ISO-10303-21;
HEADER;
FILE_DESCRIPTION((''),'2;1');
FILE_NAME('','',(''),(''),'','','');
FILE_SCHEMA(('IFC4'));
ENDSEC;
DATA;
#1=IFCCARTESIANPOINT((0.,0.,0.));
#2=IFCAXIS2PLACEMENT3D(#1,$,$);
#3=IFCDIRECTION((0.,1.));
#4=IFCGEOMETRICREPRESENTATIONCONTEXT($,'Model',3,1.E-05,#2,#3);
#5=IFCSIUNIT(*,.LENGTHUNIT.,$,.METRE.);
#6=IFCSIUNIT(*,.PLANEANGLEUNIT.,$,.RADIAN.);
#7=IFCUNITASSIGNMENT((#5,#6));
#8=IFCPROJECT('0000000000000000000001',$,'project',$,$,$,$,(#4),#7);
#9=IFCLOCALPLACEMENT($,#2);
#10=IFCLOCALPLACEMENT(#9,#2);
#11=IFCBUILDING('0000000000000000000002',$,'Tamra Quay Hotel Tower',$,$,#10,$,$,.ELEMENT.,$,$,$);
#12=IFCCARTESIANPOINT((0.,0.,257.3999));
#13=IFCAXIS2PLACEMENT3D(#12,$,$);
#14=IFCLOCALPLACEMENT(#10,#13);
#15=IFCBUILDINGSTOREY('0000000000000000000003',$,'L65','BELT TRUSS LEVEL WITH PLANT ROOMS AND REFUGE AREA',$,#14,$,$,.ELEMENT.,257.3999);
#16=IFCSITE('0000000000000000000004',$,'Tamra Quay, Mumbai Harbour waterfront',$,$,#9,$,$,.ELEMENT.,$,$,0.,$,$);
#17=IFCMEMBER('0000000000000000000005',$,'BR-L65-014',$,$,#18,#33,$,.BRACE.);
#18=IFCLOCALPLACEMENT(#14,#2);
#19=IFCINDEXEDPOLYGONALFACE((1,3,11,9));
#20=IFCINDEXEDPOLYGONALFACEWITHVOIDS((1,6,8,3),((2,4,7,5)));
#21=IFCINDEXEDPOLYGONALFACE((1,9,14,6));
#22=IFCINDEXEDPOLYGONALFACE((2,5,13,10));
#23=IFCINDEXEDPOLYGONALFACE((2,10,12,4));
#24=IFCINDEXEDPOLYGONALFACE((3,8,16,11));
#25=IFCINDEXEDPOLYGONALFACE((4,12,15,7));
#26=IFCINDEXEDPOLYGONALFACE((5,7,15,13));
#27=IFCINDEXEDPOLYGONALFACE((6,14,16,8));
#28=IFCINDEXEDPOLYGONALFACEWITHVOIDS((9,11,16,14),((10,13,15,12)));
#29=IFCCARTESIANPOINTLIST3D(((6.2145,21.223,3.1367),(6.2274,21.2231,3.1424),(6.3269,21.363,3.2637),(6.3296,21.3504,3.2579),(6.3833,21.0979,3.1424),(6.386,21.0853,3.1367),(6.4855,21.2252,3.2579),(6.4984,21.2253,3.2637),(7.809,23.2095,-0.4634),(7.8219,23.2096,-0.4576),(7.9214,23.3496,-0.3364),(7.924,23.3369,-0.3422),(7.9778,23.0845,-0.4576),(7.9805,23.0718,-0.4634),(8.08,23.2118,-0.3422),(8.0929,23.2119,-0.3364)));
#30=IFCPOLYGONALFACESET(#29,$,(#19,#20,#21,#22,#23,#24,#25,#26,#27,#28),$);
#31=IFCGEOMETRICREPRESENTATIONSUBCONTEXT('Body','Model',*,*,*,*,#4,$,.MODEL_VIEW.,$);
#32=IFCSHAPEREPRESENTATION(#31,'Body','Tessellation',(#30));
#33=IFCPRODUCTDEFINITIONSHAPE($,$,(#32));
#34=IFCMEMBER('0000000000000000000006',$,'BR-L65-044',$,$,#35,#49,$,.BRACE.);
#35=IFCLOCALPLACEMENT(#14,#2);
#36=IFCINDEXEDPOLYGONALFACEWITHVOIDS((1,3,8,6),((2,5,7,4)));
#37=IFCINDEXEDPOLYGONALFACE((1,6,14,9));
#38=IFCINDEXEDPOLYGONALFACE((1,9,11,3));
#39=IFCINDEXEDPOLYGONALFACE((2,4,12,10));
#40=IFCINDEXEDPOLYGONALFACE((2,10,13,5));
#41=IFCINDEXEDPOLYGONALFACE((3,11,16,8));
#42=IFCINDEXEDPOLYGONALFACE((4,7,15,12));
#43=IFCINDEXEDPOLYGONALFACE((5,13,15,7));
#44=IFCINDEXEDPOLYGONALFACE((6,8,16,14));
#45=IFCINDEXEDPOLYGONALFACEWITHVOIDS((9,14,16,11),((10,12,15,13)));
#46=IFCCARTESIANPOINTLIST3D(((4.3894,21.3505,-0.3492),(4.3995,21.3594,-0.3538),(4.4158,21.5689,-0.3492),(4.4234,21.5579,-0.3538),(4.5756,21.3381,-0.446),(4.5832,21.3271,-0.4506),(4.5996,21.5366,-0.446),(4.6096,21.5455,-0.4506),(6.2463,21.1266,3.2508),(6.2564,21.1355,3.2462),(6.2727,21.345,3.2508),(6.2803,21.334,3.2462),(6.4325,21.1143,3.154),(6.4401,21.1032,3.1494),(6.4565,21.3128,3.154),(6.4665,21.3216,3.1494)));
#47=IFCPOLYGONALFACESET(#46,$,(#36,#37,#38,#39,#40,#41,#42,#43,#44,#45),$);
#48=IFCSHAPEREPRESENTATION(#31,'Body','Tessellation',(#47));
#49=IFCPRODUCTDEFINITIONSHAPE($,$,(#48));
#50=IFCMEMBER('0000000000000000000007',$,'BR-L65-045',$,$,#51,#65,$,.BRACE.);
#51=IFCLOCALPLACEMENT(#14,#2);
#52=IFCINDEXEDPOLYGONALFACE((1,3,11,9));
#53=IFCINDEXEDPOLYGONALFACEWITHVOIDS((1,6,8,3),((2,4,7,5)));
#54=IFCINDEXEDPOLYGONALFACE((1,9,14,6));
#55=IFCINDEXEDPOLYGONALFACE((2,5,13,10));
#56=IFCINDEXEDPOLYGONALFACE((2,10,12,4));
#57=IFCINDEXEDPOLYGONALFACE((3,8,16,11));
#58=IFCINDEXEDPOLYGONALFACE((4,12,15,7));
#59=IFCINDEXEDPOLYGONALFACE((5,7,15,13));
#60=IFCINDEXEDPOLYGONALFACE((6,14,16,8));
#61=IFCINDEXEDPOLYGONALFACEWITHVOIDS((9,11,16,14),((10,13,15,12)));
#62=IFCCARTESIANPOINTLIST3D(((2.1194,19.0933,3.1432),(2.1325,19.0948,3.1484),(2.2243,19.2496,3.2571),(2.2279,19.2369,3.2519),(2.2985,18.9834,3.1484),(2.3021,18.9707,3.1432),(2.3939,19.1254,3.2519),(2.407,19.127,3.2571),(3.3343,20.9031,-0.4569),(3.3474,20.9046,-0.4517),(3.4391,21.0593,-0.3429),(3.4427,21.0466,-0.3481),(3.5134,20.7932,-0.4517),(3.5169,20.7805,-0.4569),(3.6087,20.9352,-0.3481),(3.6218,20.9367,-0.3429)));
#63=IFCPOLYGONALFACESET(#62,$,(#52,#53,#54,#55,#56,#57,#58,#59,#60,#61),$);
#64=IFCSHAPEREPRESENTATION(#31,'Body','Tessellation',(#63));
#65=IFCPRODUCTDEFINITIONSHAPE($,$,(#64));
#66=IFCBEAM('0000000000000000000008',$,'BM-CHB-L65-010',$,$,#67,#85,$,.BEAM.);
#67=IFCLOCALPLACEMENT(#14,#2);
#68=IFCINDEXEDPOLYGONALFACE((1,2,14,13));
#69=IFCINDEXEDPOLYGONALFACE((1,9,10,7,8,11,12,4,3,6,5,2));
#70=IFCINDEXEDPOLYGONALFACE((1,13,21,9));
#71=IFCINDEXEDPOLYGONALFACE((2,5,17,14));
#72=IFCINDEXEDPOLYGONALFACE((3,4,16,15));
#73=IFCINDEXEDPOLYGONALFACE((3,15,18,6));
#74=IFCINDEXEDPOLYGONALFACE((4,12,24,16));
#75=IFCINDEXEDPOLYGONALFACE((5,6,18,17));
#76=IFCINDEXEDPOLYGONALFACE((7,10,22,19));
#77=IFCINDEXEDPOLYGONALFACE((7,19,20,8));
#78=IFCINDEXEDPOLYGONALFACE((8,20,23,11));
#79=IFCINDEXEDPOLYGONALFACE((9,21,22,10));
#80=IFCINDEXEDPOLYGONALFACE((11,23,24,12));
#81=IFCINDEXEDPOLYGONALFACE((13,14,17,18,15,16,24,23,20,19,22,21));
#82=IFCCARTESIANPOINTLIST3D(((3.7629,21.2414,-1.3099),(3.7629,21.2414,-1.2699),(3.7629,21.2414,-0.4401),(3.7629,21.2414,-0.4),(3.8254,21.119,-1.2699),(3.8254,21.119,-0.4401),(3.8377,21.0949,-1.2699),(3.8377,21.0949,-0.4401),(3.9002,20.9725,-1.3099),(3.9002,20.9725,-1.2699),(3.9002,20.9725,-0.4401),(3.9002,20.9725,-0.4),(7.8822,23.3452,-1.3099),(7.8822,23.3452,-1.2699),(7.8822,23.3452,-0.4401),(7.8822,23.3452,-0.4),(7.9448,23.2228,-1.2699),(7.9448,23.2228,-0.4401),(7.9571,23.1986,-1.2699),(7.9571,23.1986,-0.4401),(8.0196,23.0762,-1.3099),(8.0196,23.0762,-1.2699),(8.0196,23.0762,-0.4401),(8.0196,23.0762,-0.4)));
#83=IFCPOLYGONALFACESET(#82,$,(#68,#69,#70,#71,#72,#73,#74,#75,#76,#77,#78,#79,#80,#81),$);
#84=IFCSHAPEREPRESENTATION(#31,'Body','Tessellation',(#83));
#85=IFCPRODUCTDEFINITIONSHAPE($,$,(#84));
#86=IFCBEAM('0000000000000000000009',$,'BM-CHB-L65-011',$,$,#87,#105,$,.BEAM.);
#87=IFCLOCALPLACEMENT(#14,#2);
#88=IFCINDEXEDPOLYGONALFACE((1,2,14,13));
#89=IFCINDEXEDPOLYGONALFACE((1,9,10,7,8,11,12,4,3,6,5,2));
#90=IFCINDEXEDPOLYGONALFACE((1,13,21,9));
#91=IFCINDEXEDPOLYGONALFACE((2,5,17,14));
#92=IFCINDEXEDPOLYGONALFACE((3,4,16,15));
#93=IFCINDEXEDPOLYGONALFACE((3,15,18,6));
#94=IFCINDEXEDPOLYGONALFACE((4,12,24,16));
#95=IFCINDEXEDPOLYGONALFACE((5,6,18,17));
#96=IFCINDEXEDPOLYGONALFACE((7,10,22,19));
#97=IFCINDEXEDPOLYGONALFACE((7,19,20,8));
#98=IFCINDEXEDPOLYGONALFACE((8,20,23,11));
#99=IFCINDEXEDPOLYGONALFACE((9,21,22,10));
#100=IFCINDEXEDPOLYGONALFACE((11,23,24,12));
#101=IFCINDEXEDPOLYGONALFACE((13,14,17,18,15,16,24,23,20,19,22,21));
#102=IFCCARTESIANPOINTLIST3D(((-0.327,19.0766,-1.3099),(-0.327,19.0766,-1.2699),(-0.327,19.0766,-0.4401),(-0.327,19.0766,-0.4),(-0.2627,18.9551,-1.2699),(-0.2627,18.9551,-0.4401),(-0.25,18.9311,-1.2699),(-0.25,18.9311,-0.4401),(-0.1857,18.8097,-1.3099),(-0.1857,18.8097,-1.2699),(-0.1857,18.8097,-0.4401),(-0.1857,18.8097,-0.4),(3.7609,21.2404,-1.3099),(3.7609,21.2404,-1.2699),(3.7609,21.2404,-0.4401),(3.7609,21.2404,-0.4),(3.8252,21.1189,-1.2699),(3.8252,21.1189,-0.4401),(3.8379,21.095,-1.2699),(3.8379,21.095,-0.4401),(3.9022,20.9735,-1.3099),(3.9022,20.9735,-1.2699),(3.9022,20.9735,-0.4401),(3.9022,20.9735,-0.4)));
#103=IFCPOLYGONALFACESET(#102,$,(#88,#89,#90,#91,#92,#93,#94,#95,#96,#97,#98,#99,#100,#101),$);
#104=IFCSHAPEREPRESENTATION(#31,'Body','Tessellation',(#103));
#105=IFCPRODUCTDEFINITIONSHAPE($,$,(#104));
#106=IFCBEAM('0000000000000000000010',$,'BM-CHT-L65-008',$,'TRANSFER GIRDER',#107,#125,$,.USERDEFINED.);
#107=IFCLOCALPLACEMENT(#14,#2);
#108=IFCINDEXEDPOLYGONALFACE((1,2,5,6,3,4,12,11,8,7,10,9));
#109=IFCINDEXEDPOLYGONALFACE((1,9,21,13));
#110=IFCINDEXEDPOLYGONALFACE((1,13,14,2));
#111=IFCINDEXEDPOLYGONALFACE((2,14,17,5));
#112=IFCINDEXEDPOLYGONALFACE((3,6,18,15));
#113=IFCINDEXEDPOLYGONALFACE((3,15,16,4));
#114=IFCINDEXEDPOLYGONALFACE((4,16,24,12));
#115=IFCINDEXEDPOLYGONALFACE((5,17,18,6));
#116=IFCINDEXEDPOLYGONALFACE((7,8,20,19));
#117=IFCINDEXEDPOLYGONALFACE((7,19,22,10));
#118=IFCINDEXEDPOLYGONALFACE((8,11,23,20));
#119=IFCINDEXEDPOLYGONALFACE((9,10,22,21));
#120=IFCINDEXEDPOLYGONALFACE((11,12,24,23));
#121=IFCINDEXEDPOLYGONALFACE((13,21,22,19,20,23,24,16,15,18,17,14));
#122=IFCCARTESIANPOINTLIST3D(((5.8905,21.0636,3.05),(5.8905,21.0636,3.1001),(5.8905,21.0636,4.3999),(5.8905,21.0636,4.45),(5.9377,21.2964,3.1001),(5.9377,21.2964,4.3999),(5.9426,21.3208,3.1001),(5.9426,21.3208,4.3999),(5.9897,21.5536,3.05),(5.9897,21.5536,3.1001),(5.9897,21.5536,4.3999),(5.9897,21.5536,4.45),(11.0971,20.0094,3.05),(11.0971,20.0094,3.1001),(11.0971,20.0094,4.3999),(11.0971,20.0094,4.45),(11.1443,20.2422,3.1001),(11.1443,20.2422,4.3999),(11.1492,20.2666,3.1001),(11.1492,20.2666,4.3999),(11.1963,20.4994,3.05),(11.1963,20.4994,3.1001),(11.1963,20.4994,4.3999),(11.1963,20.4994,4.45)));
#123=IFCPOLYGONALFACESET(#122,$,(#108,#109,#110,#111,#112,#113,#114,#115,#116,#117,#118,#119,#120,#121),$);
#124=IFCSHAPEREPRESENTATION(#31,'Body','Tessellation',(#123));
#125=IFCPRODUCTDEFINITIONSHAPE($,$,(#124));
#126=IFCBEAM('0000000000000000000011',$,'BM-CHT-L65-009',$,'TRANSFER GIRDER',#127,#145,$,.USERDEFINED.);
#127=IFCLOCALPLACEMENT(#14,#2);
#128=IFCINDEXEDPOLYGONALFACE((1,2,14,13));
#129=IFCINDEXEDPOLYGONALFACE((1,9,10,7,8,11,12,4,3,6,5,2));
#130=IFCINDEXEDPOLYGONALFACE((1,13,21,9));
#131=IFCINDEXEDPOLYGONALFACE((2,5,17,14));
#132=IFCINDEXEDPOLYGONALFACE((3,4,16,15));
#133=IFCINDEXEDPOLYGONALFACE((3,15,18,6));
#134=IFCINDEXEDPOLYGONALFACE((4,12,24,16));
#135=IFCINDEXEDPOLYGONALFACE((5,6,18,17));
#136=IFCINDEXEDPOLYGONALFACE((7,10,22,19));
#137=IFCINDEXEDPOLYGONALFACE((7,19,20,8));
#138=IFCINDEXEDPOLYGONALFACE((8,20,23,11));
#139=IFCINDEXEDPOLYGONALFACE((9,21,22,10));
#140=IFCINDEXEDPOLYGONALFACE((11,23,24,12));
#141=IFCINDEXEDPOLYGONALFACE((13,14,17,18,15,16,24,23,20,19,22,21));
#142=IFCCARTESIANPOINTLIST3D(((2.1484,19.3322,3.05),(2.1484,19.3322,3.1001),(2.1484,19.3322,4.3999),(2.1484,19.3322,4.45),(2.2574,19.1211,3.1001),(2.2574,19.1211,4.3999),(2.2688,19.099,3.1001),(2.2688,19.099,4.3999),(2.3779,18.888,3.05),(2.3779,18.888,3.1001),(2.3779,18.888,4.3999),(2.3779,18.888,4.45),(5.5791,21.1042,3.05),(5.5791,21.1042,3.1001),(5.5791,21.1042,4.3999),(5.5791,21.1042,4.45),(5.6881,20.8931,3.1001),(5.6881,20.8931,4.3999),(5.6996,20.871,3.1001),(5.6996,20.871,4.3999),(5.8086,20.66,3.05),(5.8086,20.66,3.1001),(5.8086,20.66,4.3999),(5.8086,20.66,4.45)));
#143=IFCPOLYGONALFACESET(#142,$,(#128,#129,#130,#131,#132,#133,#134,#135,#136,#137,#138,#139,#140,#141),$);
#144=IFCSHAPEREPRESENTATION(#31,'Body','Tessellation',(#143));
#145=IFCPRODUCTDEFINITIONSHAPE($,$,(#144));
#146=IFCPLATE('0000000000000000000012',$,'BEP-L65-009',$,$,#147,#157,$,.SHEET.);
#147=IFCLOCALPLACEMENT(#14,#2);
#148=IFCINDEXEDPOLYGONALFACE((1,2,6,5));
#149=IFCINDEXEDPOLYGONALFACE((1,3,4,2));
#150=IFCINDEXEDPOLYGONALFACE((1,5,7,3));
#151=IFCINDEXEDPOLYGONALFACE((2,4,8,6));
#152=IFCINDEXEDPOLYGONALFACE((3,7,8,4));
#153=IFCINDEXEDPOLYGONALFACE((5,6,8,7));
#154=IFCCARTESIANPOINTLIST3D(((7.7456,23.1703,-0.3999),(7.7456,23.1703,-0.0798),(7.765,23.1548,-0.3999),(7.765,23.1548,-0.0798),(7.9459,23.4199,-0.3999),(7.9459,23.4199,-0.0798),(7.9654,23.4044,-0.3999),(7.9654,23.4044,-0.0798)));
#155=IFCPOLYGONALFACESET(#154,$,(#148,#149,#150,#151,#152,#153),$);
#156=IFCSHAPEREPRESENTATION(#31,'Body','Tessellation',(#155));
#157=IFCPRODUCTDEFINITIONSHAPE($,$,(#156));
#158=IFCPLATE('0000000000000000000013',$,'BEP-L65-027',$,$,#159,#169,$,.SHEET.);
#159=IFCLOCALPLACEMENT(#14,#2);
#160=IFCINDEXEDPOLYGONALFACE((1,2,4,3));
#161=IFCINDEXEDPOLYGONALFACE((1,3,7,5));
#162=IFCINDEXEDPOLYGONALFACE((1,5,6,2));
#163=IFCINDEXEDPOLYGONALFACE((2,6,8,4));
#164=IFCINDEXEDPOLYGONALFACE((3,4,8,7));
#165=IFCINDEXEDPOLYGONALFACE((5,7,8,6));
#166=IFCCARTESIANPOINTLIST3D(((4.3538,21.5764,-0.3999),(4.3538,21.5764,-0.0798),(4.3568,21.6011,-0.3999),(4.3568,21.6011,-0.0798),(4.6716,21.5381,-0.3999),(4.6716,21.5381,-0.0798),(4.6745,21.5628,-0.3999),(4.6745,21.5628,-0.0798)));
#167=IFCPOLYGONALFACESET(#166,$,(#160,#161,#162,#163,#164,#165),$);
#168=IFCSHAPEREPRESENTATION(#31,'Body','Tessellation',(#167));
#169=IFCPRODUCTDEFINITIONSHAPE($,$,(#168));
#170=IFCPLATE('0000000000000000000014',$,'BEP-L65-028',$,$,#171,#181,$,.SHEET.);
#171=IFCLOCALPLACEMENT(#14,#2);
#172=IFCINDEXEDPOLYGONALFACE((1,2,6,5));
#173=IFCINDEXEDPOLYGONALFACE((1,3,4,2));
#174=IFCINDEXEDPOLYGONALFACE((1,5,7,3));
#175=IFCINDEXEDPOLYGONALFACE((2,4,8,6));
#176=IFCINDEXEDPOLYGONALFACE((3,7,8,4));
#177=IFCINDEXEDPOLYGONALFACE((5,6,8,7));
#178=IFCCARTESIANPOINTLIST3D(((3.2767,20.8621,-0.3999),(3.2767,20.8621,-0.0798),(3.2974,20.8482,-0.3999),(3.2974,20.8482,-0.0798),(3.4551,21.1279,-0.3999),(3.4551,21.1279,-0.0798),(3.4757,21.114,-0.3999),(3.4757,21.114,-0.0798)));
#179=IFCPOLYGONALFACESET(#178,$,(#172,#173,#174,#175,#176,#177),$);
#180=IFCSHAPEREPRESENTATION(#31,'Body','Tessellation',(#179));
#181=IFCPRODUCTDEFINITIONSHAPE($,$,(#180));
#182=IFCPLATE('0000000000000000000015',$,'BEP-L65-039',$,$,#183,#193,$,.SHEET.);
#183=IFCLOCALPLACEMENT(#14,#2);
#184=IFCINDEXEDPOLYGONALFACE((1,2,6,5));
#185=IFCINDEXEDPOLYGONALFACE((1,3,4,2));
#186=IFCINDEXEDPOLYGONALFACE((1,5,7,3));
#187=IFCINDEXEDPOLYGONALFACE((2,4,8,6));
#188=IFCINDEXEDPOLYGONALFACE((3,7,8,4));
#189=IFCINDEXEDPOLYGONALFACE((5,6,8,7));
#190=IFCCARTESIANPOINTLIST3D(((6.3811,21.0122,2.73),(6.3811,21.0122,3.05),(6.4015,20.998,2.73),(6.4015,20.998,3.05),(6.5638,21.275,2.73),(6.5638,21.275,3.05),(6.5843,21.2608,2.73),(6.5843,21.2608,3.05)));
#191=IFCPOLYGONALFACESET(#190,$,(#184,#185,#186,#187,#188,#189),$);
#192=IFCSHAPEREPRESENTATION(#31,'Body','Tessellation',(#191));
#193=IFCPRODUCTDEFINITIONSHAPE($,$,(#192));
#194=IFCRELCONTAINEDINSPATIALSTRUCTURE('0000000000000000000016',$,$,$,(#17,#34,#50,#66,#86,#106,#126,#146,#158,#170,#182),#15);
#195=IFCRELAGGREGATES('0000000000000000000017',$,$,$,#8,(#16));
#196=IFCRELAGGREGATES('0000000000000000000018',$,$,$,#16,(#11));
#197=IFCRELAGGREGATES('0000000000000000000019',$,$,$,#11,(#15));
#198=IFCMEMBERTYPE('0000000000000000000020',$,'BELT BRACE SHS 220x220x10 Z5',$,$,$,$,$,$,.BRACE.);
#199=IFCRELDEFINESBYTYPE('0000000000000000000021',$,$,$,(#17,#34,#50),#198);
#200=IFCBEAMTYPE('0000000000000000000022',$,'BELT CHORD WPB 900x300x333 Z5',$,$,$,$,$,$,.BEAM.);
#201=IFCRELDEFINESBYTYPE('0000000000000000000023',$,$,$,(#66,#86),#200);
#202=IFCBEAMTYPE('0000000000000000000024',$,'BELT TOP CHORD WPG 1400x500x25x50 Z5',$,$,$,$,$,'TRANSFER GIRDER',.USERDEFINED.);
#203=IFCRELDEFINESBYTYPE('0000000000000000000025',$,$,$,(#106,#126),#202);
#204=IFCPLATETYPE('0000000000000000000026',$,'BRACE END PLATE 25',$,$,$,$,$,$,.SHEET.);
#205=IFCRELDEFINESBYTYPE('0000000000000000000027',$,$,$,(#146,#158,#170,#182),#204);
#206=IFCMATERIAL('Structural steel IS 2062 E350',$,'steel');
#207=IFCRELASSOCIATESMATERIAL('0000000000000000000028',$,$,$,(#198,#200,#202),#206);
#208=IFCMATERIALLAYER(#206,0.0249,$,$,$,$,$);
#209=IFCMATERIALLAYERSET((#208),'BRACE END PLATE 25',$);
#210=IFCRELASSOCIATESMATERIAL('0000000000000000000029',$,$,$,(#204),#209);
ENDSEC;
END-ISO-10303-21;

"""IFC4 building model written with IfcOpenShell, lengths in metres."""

from ifc_helpers import new_model, si_unit, direction, frame, origin, origin_2d, place, context, subcontext, project, spatial, rectangle, hollow_rectangle, i_section, extrude, material, layer, layer_set, material_profile, profile_set, type_object, element, save


model = new_model("IFC4")

# Units and contexts
model_context = context("Model", 3, precision=1e-05, world=origin(), true_north=direction((0.0, 1.0)))
body_context = subcontext(model_context, "Body", "Model", "MODEL_VIEW")
ifc_project = project(units=[si_unit("LENGTHUNIT", "METRE"), si_unit("PLANEANGLEUNIT", "RADIAN")], contexts=[model_context])

# Site, building, storey
site_placement = place(None, origin())
site = spatial("IfcSite", under=ifc_project, at=site_placement, Name="Tamra Quay, Mumbai Harbour waterfront", CompositionType="ELEMENT", RefElevation=0.0)
building_placement = place(site_placement, origin())
building = spatial("IfcBuilding", under=site, at=building_placement, Name="Tamra Quay Hotel Tower", CompositionType="ELEMENT")
storey_placement = place(building_placement, frame((0.0, 0.0, 257.3999)))
storey = spatial("IfcBuildingStorey", under=building, at=storey_placement, Name="L65", Description="BELT TRUSS LEVEL WITH PLANT ROOMS AND REFUGE AREA", CompositionType="ELEMENT", Elevation=257.3999)

# Members
ifc_material_1 = material(Name="Structural steel IS 2062 E350", Category="steel")
ifc_material_profile_1 = material_profile(ifc_material_1, hollow_rectangle(XDim=0.22, YDim=0.22, WallThickness=0.01, at=origin_2d()), Name="SHS 220x220x10")
ifc_profile_set_1 = profile_set([ifc_material_profile_1], Name="Structural steel IS 2062 E350")
member_type = type_object("IfcMemberType", Name="BELT BRACE SHS 220x220x10 Z5", PredefinedType="BRACE", material=ifc_profile_set_1)
member_1_placement = place(storey_placement, frame((7.9509, 23.2107, -0.3999), z_axis=(-0.361547, -0.450453, 0.816318), x_axis=(0.779867, -0.625945, 0.0)))
element("IfcMember", 1, at=member_1_placement, inside=storey, type_object=member_type, Name="BR-L65-014", PredefinedType="BRACE", context=body_context, shape_type="SweptSolid", body=[
    extrude(hollow_rectangle(XDim=0.22, YDim=0.22, WallThickness=0.01, at=origin_2d()), origin(), (0.0, 0.0, 1.0), 4.4102),
])
member_2_placement = place(storey_placement, frame((4.4995, 21.448, -0.3999), z_axis=(0.457714, -0.055183, 0.887385), x_axis=(0.119696, 0.992811, 0.0)))
element("IfcMember", 2, at=member_2_placement, inside=storey, type_object=member_type, Name="BR-L65-044", PredefinedType="BRACE", context=body_context, shape_type="SweptSolid", body=[
    extrude(hollow_rectangle(XDim=0.22, YDim=0.22, WallThickness=0.01, at=origin_2d()), origin(), (0.0, 0.0, 1.0), 4.0569),
])
member_3_placement = place(storey_placement, frame((3.478, 20.9199, -0.3999), z_axis=(-0.28866, -0.430032, 0.855423), x_axis=(0.830289, -0.557334, 0.0)))
element("IfcMember", 3, at=member_3_placement, inside=storey, type_object=member_type, Name="BR-L65-045", PredefinedType="BRACE", context=body_context, shape_type="SweptSolid", body=[
    extrude(hollow_rectangle(XDim=0.22, YDim=0.22, WallThickness=0.01, at=origin_2d()), origin(), (0.0, 0.0, 1.0), 4.2085),
])

# Beams
ifc_material_profile_2 = material_profile(ifc_material_1, i_section(OverallWidth=0.302, OverallDepth=0.9099, WebThickness=0.0271, FlangeThickness=0.04, at=origin_2d()), Name="WPB 900x300x333")
ifc_profile_set_2 = profile_set([ifc_material_profile_2], Name="Structural steel IS 2062 E350")
beam_type_1 = type_object("IfcBeamType", Name="BELT CHORD WPB 900x300x333 Z5", PredefinedType="BEAM", material=ifc_profile_set_2)
beam_1_placement = place(storey_placement, frame((7.9509, 23.2107, -0.855), z_axis=(-0.890584, -0.454819, 0.0), x_axis=(0.454819, -0.890584, 0.0)))
element("IfcBeam", 4, at=beam_1_placement, inside=storey, type_object=beam_type_1, Name="BM-CHB-L65-010", PredefinedType="BEAM", context=body_context, shape_type="SweptSolid", body=[
    extrude(i_section(OverallWidth=0.302, OverallDepth=0.9099, WebThickness=0.0271, FlangeThickness=0.04, at=origin_2d()), origin(), (0.0, 0.0, 1.0), 4.6255),
])
beam_2_placement = place(storey_placement, frame((3.8315, 21.1069, -0.855), z_axis=(-0.88382, -0.467827, 0.0), x_axis=(0.467827, -0.88382, 0.0)))
element("IfcBeam", 5, at=beam_2_placement, inside=storey, type_object=beam_type_1, Name="BM-CHB-L65-011", PredefinedType="BEAM", context=body_context, shape_type="SweptSolid", body=[
    extrude(i_section(OverallWidth=0.302, OverallDepth=0.9099, WebThickness=0.0271, FlangeThickness=0.04, at=origin_2d()), origin(), (0.0, 0.0, 1.0), 4.6252),
])
ifc_material_profile_3 = material_profile(ifc_material_1, i_section(OverallWidth=0.5, OverallDepth=1.3999, WebThickness=0.0249, FlangeThickness=0.05, at=origin_2d()), Name="WPG 1400x500x25x50")
ifc_profile_set_3 = profile_set([ifc_material_profile_3], Name="Structural steel IS 2062 E350")
beam_type_2 = type_object("IfcBeamType", Name="BELT TOP CHORD WPG 1400x500x25x50 Z5", ElementType="TRANSFER GIRDER", PredefinedType="USERDEFINED", material=ifc_profile_set_3)
beam_3_placement = place(storey_placement, frame((11.1467, 20.2544, 3.75), z_axis=(-0.980111, 0.198449, 0.0), x_axis=(-0.198449, -0.980111, 0.0)))
element("IfcBeam", 6, at=beam_3_placement, inside=storey, type_object=beam_type_2, Name="BM-CHT-L65-008", ObjectType="TRANSFER GIRDER", PredefinedType="USERDEFINED", context=body_context, shape_type="SweptSolid", body=[
    extrude(i_section(OverallWidth=0.5, OverallDepth=1.3999, WebThickness=0.0249, FlangeThickness=0.05, at=origin_2d()), origin(), (0.0, 0.0, 1.0), 5.3123),
])
beam_4_placement = place(storey_placement, frame((5.6938, 20.8821, 3.75), z_axis=(-0.888483, -0.45891, 0.0), x_axis=(0.45891, -0.888483, 0.0)))
element("IfcBeam", 7, at=beam_4_placement, inside=storey, type_object=beam_type_2, Name="BM-CHT-L65-009", ObjectType="TRANSFER GIRDER", PredefinedType="USERDEFINED", context=body_context, shape_type="SweptSolid", body=[
    extrude(i_section(OverallWidth=0.5, OverallDepth=1.3999, WebThickness=0.0249, FlangeThickness=0.05, at=origin_2d()), origin(), (0.0, 0.0, 1.0), 3.8613),
])

# Plates
ifc_layer_1 = layer(ifc_material_1, 0.0249)
ifc_layer_set_1 = layer_set([ifc_layer_1], Name="BRACE END PLATE 25")
plate_type_1 = type_object("IfcPlateType", Name="BRACE END PLATE 25", PredefinedType="SHEET", material=ifc_layer_set_1)
for number, where, z_axis, x_axis, name in (
    (8, (7.8555, 23.2874, -0.3999), (0.0, 0.0, 1.0), (-0.779838, 0.625982, 0.0), "BEP-L65-009"),
    (9, (4.5142, 21.5696, -0.3999), (0.0, 0.0, 1.0), (0.119657, 0.992815, 0.0), "BEP-L65-027"),
    (10, (3.3762, 20.988, -0.3999), (0.0, 0.0, 1.0), (-0.830302, 0.557313, 0.0), "BEP-L65-028"),
    (11, (6.4827, 21.1365, 2.73), (0.0, 0.0, 1.0), (-0.821017, 0.570904, 0.0), "BEP-L65-039"),
):
    element("IfcPlate", number, at=place(storey_placement, frame(where, z_axis=z_axis, x_axis=x_axis)), inside=storey, type_object=plate_type_1, Name=name, PredefinedType="SHEET", context=body_context, shape_type="SweptSolid", body=[
        extrude(rectangle(XDim=0.0249, YDim=0.3201, at=origin_2d()), origin(), (0.0, 0.0, 1.0), 0.3201),
    ])

save(model, "model.ifc")
